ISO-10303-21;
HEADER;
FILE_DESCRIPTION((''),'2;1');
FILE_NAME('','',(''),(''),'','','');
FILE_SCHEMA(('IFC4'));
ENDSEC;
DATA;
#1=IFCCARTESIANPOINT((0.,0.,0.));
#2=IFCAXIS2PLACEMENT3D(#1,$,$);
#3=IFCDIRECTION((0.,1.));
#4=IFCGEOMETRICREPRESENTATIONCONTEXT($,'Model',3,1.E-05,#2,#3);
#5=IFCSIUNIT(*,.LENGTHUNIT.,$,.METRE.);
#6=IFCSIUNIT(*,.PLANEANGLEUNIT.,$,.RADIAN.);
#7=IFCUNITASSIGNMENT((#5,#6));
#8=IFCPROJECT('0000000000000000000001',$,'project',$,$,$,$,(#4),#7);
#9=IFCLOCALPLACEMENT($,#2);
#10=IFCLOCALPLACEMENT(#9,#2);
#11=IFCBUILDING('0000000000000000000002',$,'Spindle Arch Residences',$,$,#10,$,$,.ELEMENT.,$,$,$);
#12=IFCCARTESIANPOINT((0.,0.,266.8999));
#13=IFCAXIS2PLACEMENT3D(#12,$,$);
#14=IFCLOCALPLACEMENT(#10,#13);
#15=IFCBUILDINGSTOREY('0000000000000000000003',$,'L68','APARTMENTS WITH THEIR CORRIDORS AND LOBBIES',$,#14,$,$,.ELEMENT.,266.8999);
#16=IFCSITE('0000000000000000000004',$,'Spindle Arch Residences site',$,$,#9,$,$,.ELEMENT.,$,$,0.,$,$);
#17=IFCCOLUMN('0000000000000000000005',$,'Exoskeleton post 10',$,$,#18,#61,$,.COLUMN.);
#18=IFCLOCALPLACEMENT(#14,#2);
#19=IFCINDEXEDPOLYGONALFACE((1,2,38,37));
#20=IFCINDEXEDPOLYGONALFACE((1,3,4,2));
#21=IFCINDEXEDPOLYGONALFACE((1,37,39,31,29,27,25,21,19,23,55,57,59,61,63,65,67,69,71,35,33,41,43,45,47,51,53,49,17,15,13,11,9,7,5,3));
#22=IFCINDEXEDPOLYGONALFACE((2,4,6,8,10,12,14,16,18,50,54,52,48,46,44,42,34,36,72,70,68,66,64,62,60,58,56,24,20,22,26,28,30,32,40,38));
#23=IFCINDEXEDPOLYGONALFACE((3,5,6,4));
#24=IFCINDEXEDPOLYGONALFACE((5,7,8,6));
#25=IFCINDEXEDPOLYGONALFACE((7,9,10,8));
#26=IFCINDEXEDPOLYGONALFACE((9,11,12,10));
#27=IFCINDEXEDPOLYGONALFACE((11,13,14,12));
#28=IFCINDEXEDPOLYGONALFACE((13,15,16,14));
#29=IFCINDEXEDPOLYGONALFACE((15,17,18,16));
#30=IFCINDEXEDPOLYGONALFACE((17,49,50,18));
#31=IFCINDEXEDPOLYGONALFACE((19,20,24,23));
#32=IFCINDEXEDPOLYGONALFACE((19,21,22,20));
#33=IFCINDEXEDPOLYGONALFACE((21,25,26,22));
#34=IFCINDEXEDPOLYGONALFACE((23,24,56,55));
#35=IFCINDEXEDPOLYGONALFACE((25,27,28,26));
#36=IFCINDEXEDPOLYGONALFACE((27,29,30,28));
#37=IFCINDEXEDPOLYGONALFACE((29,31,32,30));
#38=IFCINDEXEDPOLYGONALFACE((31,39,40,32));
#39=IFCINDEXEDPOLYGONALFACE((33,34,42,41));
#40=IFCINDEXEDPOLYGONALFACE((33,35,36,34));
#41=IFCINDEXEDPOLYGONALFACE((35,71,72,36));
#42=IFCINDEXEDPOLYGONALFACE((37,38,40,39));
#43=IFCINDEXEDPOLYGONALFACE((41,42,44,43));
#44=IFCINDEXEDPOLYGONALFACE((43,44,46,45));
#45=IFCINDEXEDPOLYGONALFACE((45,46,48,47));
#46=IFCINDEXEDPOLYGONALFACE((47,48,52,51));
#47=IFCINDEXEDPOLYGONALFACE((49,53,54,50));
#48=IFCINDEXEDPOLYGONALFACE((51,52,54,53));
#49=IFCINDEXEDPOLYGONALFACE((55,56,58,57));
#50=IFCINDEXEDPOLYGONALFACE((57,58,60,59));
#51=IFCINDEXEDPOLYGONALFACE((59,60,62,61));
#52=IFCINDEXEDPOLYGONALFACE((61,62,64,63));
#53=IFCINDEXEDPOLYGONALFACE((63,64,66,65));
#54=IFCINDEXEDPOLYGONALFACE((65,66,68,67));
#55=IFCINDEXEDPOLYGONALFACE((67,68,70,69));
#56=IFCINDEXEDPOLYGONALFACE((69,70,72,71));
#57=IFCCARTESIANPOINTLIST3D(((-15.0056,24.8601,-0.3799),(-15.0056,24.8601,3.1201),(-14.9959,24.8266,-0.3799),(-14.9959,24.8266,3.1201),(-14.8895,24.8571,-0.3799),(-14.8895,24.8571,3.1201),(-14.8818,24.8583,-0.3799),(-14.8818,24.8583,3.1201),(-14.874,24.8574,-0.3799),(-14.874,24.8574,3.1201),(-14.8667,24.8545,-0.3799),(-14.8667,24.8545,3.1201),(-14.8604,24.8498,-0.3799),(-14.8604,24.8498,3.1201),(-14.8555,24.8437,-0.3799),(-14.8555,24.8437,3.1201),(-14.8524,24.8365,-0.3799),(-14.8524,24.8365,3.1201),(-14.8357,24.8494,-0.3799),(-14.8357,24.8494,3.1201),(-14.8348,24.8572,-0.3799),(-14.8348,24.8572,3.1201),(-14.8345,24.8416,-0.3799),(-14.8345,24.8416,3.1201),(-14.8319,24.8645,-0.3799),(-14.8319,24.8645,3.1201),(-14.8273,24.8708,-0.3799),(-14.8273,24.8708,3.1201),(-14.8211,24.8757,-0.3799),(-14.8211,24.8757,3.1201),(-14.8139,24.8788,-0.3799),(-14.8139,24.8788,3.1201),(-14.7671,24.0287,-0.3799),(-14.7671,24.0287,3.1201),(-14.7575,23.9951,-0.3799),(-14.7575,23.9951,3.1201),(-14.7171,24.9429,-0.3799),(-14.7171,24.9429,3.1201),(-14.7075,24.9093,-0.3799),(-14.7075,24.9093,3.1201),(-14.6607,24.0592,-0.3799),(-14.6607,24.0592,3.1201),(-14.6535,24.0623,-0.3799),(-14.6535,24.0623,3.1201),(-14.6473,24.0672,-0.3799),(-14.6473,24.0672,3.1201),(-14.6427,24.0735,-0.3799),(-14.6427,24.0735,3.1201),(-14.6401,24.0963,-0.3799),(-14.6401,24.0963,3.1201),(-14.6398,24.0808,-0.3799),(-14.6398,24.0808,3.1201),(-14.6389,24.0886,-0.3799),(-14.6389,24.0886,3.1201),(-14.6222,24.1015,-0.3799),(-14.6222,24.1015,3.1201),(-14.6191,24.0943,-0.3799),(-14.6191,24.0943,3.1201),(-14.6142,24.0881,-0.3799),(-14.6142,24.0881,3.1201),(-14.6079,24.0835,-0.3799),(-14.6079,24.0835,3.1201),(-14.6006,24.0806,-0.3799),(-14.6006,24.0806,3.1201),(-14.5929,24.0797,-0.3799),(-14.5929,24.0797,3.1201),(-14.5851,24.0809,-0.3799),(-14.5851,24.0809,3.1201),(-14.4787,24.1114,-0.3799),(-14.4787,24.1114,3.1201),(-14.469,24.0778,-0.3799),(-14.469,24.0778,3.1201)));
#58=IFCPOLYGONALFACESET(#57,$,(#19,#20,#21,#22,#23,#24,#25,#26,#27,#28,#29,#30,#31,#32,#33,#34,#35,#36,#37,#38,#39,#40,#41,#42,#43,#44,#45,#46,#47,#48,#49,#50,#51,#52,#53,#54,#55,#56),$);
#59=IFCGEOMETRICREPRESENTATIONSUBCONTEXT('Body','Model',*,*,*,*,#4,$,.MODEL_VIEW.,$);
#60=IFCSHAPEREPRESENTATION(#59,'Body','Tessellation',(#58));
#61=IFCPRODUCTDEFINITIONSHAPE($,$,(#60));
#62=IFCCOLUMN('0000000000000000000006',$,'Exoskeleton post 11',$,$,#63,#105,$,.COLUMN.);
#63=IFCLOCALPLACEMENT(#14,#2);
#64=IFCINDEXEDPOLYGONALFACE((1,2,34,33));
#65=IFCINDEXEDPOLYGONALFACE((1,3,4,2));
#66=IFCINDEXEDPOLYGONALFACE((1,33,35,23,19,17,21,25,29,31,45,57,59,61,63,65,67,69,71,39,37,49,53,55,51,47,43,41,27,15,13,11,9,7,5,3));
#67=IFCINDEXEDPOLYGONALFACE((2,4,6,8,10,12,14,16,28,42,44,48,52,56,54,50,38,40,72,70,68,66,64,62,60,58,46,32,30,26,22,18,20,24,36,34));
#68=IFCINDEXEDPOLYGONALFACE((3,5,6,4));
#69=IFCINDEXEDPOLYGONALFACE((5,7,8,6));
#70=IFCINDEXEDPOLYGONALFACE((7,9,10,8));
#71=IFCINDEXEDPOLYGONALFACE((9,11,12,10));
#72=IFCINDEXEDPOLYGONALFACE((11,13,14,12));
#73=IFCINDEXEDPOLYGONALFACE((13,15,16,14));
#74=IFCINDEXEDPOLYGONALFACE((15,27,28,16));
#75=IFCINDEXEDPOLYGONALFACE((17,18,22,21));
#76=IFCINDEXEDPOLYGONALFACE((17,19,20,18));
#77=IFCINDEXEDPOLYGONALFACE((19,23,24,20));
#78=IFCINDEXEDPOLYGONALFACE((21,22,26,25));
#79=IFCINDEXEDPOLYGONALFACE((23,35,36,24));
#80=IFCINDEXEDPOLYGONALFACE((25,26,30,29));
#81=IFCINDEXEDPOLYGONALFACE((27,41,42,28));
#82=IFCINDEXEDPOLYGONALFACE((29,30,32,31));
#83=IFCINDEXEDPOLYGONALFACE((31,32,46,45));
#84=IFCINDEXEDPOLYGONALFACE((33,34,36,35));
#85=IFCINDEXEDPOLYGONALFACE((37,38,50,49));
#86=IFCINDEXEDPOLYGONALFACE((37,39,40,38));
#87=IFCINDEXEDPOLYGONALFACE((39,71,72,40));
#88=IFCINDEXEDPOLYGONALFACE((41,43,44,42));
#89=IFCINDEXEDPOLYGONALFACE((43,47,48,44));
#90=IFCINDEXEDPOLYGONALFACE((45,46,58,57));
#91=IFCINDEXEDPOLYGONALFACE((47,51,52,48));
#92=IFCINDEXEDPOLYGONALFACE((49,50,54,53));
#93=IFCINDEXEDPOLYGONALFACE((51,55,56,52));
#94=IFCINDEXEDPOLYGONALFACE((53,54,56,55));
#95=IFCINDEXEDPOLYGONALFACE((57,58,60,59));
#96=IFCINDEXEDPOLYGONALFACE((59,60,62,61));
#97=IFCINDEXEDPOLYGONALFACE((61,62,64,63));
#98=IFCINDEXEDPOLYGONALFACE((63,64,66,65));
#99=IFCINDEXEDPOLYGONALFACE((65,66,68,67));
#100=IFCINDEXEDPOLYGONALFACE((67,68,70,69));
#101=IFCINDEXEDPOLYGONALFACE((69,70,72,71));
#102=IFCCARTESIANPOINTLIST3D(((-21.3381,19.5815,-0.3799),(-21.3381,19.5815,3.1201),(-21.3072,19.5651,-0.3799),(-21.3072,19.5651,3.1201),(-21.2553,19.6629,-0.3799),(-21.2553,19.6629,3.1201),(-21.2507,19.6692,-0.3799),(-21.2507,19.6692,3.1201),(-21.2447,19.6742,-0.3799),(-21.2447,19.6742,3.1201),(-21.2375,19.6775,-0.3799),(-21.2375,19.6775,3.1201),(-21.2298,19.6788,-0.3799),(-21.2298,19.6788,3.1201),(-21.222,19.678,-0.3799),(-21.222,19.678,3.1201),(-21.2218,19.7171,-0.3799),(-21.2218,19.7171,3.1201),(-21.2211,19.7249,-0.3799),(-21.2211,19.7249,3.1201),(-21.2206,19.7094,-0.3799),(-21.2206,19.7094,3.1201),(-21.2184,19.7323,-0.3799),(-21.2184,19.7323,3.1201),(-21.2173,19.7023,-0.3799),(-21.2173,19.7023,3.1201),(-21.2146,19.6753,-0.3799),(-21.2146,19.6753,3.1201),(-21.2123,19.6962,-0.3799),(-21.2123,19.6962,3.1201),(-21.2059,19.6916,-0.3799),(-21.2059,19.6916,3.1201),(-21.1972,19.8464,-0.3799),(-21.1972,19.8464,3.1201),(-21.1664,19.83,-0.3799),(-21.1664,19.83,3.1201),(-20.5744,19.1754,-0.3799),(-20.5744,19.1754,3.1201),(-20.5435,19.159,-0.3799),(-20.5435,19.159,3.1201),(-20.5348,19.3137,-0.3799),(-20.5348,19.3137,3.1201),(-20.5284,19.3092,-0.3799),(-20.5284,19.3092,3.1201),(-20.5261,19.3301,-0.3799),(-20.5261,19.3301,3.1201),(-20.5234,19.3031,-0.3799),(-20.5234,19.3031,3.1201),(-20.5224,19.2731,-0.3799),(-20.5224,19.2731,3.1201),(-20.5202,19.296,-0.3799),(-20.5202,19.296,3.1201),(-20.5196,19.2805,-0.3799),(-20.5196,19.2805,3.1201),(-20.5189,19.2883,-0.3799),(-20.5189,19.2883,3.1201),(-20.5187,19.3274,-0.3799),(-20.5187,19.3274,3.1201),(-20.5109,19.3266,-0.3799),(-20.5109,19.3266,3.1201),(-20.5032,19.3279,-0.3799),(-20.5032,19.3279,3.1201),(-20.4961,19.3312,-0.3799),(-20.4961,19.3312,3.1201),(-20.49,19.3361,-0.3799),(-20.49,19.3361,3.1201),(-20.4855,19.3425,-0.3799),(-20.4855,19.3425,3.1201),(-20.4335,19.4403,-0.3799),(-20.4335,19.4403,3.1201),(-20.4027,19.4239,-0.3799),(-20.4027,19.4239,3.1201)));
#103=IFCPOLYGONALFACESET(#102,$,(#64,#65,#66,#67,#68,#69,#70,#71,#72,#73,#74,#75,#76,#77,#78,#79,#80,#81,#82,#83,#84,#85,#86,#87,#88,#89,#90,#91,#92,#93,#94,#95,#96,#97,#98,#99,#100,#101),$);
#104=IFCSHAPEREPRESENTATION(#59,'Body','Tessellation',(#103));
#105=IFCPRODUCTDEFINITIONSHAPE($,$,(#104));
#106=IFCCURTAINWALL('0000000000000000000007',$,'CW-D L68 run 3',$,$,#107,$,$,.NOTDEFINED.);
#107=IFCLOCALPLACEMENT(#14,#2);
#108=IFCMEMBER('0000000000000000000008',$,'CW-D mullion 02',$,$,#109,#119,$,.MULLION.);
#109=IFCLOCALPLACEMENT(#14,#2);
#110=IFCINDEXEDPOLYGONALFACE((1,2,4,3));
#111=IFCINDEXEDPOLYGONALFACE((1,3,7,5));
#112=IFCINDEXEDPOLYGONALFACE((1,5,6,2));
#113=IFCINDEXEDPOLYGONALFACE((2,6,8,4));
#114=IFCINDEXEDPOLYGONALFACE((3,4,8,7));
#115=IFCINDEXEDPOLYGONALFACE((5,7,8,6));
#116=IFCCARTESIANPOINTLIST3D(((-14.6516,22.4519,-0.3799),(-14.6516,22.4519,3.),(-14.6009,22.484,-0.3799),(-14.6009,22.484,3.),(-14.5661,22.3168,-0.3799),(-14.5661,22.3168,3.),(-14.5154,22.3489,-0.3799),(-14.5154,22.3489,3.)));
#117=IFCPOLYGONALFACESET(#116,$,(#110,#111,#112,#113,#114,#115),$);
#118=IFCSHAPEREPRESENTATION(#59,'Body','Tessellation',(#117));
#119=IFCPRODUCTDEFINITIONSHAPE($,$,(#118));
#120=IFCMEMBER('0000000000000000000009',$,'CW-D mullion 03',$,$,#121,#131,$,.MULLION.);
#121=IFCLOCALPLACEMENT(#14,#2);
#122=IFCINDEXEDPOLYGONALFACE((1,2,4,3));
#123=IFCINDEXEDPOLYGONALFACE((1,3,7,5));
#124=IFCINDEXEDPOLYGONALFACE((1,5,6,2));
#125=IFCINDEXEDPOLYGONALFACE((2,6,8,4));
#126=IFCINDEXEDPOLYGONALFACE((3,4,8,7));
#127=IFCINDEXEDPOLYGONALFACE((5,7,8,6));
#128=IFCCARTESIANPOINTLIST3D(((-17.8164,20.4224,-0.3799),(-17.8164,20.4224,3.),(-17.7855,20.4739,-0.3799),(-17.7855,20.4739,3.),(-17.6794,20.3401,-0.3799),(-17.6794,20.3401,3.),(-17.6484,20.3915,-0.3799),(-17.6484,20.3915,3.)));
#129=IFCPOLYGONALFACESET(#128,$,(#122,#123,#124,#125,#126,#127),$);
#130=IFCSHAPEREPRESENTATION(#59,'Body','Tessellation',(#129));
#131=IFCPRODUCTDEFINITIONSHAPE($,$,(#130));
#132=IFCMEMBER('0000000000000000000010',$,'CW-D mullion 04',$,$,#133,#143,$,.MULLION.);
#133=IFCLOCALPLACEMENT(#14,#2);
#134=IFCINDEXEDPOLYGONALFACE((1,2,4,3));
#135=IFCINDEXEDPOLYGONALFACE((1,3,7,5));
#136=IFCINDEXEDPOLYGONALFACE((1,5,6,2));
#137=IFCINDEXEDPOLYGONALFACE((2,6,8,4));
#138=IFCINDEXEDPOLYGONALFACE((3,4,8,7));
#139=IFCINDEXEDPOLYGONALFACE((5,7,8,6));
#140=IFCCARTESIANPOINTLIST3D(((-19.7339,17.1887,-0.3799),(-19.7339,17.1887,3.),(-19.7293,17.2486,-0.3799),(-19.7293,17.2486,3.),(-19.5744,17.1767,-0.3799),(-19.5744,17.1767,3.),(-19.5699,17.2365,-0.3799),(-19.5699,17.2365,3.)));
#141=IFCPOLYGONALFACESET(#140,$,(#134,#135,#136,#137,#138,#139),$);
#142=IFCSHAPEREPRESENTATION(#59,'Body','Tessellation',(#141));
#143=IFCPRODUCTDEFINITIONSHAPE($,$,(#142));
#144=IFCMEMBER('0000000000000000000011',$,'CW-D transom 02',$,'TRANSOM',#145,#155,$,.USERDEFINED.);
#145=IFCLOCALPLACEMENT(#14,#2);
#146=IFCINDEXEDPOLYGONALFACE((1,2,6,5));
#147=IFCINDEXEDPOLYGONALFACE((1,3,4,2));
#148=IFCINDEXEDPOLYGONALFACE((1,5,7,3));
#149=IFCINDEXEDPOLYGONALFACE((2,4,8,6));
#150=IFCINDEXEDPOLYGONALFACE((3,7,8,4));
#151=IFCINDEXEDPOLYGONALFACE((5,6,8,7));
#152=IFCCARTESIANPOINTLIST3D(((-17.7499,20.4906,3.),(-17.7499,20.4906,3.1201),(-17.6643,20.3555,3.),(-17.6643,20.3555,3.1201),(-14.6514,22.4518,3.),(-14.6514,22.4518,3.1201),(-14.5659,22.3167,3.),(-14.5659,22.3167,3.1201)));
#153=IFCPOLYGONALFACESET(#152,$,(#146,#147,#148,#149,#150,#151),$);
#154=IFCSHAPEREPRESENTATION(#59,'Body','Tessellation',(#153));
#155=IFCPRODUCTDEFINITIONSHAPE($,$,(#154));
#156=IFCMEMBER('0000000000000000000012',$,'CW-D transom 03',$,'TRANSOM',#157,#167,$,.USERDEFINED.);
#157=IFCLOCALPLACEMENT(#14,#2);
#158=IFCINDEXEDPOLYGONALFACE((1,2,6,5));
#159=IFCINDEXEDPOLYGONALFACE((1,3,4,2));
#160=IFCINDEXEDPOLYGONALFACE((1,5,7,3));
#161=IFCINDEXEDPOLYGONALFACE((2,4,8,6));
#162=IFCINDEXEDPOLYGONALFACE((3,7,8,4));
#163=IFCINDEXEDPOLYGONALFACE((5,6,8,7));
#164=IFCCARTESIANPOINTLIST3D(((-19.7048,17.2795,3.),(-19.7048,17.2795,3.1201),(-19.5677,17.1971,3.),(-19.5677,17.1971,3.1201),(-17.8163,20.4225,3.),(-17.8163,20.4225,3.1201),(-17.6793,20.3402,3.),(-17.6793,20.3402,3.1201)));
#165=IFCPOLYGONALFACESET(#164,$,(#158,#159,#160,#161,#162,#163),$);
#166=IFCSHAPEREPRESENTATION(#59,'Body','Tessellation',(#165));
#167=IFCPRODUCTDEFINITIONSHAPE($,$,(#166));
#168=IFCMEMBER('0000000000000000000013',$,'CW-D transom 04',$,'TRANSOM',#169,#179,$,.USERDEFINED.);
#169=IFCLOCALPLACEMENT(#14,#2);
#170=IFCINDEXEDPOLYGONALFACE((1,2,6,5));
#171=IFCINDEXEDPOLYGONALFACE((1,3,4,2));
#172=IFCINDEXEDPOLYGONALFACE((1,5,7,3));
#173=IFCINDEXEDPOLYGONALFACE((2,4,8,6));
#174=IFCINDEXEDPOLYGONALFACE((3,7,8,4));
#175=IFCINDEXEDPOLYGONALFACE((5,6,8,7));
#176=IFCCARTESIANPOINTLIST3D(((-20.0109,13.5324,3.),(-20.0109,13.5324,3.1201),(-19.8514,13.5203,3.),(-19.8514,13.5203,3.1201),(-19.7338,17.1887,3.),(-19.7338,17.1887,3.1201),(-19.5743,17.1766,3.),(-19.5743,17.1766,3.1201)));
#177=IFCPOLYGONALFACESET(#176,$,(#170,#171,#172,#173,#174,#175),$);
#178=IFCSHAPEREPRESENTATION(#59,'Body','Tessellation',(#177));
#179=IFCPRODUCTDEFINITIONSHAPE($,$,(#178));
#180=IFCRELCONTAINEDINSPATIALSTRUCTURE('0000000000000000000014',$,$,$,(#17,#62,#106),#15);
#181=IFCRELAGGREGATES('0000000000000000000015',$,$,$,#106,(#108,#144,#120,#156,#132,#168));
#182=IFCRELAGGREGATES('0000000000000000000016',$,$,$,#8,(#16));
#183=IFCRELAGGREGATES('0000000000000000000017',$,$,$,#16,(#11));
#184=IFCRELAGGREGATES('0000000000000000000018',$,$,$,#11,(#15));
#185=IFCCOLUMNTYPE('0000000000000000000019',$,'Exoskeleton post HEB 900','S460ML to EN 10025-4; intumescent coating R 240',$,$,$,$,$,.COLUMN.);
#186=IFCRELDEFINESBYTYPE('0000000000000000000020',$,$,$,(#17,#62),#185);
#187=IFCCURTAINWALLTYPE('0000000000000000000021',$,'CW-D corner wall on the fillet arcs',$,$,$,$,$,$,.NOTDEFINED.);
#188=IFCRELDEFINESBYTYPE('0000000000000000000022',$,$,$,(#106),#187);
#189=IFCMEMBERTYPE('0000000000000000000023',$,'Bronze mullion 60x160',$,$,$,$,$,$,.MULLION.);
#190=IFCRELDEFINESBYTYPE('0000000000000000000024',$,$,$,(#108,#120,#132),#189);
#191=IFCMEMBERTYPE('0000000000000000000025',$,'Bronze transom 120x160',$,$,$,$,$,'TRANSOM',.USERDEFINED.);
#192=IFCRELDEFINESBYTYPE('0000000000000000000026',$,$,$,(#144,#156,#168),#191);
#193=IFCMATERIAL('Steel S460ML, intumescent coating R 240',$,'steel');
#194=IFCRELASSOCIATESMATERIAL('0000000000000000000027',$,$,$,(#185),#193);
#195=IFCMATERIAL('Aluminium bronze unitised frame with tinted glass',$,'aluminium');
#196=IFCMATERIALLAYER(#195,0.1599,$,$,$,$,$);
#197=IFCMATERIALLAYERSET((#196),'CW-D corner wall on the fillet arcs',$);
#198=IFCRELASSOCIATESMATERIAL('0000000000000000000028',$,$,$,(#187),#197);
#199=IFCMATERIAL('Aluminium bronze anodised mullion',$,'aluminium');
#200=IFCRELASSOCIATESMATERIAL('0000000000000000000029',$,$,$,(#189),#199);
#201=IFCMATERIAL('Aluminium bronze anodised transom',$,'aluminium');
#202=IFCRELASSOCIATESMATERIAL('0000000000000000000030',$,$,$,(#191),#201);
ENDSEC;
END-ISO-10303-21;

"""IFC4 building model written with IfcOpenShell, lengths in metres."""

from ifc_helpers import new_model, si_unit, direction, frame, origin, origin_2d, place, context, subcontext, project, spatial, rectangle, i_section, extrude, material, layer, layer_set, material_profile, profile_set, type_object, element, aggregate, save


model = new_model("IFC4")

# Units and contexts
model_context = context("Model", 3, precision=1e-05, world=origin(), true_north=direction((0.0, 1.0)))
body_context = subcontext(model_context, "Body", "Model", "MODEL_VIEW")
ifc_project = project(units=[si_unit("LENGTHUNIT", "METRE"), si_unit("PLANEANGLEUNIT", "RADIAN")], contexts=[model_context])

# Site, building, storey
site_placement = place(None, origin())
site = spatial("IfcSite", under=ifc_project, at=site_placement, Name="Spindle Arch Residences site", CompositionType="ELEMENT", RefElevation=0.0)
building_placement = place(site_placement, origin())
building = spatial("IfcBuilding", under=site, at=building_placement, Name="Spindle Arch Residences", CompositionType="ELEMENT")
storey_placement = place(building_placement, frame((0.0, 0.0, 266.8999)))
storey = spatial("IfcBuildingStorey", under=building, at=storey_placement, Name="L68", Description="APARTMENTS WITH THEIR CORRIDORS AND LOBBIES", CompositionType="ELEMENT", Elevation=266.8999)

# Columns
ifc_material_1 = material(Name="Steel S460ML, intumescent coating R 240", Category="steel")
ifc_material_profile_1 = material_profile(ifc_material_1, i_section(OverallWidth=0.3, OverallDepth=0.8999, WebThickness=0.0186, FlangeThickness=0.0349, FilletRadius=0.03, at=origin_2d()), Name="HEB 900")
ifc_profile_set_1 = profile_set([ifc_material_profile_1], Name="Steel S460ML, intumescent coating R 240")
column_type = type_object("IfcColumnType", Name="Exoskeleton post HEB 900", Description="S460ML to EN 10025-4; intumescent coating R 240", PredefinedType="COLUMN", material=ifc_profile_set_1)
for number, where, z_axis, x_axis, name in (
    (1, (-14.7373, 24.469, -0.3799), (0.0, 0.0, 1.0), (0.961245, 0.275695, 0.0), "Exoskeleton post 10"),
    (2, (-20.8704, 19.5027, -0.3799), (0.0, 0.0, 1.0), (0.469525, 0.882919, 0.0), "Exoskeleton post 11"),
):
    element("IfcColumn", number, at=place(storey_placement, frame(where, z_axis=z_axis, x_axis=x_axis)), inside=storey, type_object=column_type, Name=name, PredefinedType="COLUMN", context=body_context, shape_type="SweptSolid", body=[
        extrude(i_section(OverallWidth=0.3, OverallDepth=0.8999, WebThickness=0.0186, FlangeThickness=0.0349, FilletRadius=0.03, at=origin_2d()), origin(), (0.0, 0.0, 1.0), 3.5),
    ])

# Curtain wall, members
ifc_material_2 = material(Name="Aluminium bronze unitised frame with tinted glass", Category="aluminium")
ifc_layer_1 = layer(ifc_material_2, 0.1599)
ifc_layer_set_1 = layer_set([ifc_layer_1], Name="CW-D corner wall on the fillet arcs")
curtain_wall_type = type_object("IfcCurtainWallType", Name="CW-D corner wall on the fillet arcs", PredefinedType="NOTDEFINED", material=ifc_layer_set_1)
curtain_wall_placement = place(storey_placement, origin())
curtain_wall = element("IfcCurtainWall", 3, at=curtain_wall_placement, inside=storey, type_object=curtain_wall_type, Name="CW-D L68 run 3", PredefinedType="NOTDEFINED")
ifc_material_3 = material(Name="Aluminium bronze anodised mullion", Category="aluminium")
ifc_material_profile_2 = material_profile(ifc_material_3, rectangle(XDim=0.1599, YDim=0.0601, at=origin_2d()), Name="MU 60x160")
ifc_profile_set_2 = profile_set([ifc_material_profile_2], Name="Aluminium bronze anodised mullion")
member_type_1 = type_object("IfcMemberType", Name="Bronze mullion 60x160", PredefinedType="MULLION", material=ifc_profile_set_2)
member_1_placement = place(storey_placement, frame((-14.5835, 22.4004, -0.3799), z_axis=(0.0, 0.0, 1.0), x_axis=(0.534844, -0.844951, 0.0)))
member_1 = element("IfcMember", 4, at=member_1_placement, type_object=member_type_1, Name="CW-D mullion 02", PredefinedType="MULLION", context=body_context, shape_type="SweptSolid", body=[
    extrude(rectangle(XDim=0.1599, YDim=0.0601, at=origin_2d()), origin(), (0.0, 0.0, 1.0), 3.3799),
])
member_2_placement = place(storey_placement, frame((-17.7324, 20.407, -0.3799), z_axis=(0.0, 0.0, 1.0), x_axis=(0.857167, -0.515038, 0.0)))
member_2 = element("IfcMember", 5, at=member_2_placement, type_object=member_type_1, Name="CW-D mullion 03", PredefinedType="MULLION", context=body_context, shape_type="SweptSolid", body=[
    extrude(rectangle(XDim=0.1599, YDim=0.0601, at=origin_2d()), origin(), (0.0, 0.0, 1.0), 3.3799),
])
member_3_placement = place(storey_placement, frame((-19.6519, 17.2126, -0.3799), z_axis=(0.0, 0.0, 1.0), x_axis=(0.997141, -0.075559, 0.0)))
member_3 = element("IfcMember", 6, at=member_3_placement, type_object=member_type_1, Name="CW-D mullion 04", PredefinedType="MULLION", context=body_context, shape_type="SweptSolid", body=[
    extrude(rectangle(XDim=0.1599, YDim=0.0601, at=origin_2d()), origin(), (0.0, 0.0, 1.0), 3.3799),
])
ifc_material_4 = material(Name="Aluminium bronze anodised transom", Category="aluminium")
ifc_material_profile_3 = material_profile(ifc_material_4, rectangle(XDim=0.1599, YDim=0.1201, at=origin_2d()), Name="TR 120x160")
ifc_profile_set_3 = profile_set([ifc_material_profile_3], Name="Aluminium bronze anodised transom")
member_type_2 = type_object("IfcMemberType", Name="Bronze transom 120x160", ElementType="TRANSOM", PredefinedType="USERDEFINED", material=ifc_profile_set_3)
member_4_placement = place(storey_placement, frame((-14.6086, 22.3843, 3.0601), z_axis=(-0.844958, -0.534832, 0.0), x_axis=(0.534832, -0.844958, 0.0)))
member_4 = element("IfcMember", 7, at=member_4_placement, type_object=member_type_2, Name="CW-D transom 02", ObjectType="TRANSOM", PredefinedType="USERDEFINED", context=body_context, shape_type="SweptSolid", body=[
    extrude(rectangle(XDim=0.1599, YDim=0.1201, at=origin_2d()), origin(), (0.0, 0.0, 1.0), 3.667),
])
member_5_placement = place(storey_placement, frame((-17.7478, 20.3813, 3.0601), z_axis=(-0.515015, -0.857181, 0.0), x_axis=(0.857181, -0.515015, 0.0)))
member_5 = element("IfcMember", 8, at=member_5_placement, type_object=member_type_2, Name="CW-D transom 03", ObjectType="TRANSOM", PredefinedType="USERDEFINED", context=body_context, shape_type="SweptSolid", body=[
    extrude(rectangle(XDim=0.1599, YDim=0.1201, at=origin_2d()), origin(), (0.0, 0.0, 1.0), 3.6667),
])
member_6_placement = place(storey_placement, frame((-19.6541, 17.1826, 3.0601), z_axis=(-0.075571, -0.99714, 0.0), x_axis=(0.99714, -0.075571, 0.0)))
member_6 = element("IfcMember", 9, at=member_6_placement, type_object=member_type_2, Name="CW-D transom 04", ObjectType="TRANSOM", PredefinedType="USERDEFINED", context=body_context, shape_type="SweptSolid", body=[
    extrude(rectangle(XDim=0.1599, YDim=0.1201, at=origin_2d()), origin(), (0.0, 0.0, 1.0), 3.6667),
])

aggregate(curtain_wall, [member_1, member_4, member_2, member_5, member_3, member_6])

save(model, "model.ifc")
